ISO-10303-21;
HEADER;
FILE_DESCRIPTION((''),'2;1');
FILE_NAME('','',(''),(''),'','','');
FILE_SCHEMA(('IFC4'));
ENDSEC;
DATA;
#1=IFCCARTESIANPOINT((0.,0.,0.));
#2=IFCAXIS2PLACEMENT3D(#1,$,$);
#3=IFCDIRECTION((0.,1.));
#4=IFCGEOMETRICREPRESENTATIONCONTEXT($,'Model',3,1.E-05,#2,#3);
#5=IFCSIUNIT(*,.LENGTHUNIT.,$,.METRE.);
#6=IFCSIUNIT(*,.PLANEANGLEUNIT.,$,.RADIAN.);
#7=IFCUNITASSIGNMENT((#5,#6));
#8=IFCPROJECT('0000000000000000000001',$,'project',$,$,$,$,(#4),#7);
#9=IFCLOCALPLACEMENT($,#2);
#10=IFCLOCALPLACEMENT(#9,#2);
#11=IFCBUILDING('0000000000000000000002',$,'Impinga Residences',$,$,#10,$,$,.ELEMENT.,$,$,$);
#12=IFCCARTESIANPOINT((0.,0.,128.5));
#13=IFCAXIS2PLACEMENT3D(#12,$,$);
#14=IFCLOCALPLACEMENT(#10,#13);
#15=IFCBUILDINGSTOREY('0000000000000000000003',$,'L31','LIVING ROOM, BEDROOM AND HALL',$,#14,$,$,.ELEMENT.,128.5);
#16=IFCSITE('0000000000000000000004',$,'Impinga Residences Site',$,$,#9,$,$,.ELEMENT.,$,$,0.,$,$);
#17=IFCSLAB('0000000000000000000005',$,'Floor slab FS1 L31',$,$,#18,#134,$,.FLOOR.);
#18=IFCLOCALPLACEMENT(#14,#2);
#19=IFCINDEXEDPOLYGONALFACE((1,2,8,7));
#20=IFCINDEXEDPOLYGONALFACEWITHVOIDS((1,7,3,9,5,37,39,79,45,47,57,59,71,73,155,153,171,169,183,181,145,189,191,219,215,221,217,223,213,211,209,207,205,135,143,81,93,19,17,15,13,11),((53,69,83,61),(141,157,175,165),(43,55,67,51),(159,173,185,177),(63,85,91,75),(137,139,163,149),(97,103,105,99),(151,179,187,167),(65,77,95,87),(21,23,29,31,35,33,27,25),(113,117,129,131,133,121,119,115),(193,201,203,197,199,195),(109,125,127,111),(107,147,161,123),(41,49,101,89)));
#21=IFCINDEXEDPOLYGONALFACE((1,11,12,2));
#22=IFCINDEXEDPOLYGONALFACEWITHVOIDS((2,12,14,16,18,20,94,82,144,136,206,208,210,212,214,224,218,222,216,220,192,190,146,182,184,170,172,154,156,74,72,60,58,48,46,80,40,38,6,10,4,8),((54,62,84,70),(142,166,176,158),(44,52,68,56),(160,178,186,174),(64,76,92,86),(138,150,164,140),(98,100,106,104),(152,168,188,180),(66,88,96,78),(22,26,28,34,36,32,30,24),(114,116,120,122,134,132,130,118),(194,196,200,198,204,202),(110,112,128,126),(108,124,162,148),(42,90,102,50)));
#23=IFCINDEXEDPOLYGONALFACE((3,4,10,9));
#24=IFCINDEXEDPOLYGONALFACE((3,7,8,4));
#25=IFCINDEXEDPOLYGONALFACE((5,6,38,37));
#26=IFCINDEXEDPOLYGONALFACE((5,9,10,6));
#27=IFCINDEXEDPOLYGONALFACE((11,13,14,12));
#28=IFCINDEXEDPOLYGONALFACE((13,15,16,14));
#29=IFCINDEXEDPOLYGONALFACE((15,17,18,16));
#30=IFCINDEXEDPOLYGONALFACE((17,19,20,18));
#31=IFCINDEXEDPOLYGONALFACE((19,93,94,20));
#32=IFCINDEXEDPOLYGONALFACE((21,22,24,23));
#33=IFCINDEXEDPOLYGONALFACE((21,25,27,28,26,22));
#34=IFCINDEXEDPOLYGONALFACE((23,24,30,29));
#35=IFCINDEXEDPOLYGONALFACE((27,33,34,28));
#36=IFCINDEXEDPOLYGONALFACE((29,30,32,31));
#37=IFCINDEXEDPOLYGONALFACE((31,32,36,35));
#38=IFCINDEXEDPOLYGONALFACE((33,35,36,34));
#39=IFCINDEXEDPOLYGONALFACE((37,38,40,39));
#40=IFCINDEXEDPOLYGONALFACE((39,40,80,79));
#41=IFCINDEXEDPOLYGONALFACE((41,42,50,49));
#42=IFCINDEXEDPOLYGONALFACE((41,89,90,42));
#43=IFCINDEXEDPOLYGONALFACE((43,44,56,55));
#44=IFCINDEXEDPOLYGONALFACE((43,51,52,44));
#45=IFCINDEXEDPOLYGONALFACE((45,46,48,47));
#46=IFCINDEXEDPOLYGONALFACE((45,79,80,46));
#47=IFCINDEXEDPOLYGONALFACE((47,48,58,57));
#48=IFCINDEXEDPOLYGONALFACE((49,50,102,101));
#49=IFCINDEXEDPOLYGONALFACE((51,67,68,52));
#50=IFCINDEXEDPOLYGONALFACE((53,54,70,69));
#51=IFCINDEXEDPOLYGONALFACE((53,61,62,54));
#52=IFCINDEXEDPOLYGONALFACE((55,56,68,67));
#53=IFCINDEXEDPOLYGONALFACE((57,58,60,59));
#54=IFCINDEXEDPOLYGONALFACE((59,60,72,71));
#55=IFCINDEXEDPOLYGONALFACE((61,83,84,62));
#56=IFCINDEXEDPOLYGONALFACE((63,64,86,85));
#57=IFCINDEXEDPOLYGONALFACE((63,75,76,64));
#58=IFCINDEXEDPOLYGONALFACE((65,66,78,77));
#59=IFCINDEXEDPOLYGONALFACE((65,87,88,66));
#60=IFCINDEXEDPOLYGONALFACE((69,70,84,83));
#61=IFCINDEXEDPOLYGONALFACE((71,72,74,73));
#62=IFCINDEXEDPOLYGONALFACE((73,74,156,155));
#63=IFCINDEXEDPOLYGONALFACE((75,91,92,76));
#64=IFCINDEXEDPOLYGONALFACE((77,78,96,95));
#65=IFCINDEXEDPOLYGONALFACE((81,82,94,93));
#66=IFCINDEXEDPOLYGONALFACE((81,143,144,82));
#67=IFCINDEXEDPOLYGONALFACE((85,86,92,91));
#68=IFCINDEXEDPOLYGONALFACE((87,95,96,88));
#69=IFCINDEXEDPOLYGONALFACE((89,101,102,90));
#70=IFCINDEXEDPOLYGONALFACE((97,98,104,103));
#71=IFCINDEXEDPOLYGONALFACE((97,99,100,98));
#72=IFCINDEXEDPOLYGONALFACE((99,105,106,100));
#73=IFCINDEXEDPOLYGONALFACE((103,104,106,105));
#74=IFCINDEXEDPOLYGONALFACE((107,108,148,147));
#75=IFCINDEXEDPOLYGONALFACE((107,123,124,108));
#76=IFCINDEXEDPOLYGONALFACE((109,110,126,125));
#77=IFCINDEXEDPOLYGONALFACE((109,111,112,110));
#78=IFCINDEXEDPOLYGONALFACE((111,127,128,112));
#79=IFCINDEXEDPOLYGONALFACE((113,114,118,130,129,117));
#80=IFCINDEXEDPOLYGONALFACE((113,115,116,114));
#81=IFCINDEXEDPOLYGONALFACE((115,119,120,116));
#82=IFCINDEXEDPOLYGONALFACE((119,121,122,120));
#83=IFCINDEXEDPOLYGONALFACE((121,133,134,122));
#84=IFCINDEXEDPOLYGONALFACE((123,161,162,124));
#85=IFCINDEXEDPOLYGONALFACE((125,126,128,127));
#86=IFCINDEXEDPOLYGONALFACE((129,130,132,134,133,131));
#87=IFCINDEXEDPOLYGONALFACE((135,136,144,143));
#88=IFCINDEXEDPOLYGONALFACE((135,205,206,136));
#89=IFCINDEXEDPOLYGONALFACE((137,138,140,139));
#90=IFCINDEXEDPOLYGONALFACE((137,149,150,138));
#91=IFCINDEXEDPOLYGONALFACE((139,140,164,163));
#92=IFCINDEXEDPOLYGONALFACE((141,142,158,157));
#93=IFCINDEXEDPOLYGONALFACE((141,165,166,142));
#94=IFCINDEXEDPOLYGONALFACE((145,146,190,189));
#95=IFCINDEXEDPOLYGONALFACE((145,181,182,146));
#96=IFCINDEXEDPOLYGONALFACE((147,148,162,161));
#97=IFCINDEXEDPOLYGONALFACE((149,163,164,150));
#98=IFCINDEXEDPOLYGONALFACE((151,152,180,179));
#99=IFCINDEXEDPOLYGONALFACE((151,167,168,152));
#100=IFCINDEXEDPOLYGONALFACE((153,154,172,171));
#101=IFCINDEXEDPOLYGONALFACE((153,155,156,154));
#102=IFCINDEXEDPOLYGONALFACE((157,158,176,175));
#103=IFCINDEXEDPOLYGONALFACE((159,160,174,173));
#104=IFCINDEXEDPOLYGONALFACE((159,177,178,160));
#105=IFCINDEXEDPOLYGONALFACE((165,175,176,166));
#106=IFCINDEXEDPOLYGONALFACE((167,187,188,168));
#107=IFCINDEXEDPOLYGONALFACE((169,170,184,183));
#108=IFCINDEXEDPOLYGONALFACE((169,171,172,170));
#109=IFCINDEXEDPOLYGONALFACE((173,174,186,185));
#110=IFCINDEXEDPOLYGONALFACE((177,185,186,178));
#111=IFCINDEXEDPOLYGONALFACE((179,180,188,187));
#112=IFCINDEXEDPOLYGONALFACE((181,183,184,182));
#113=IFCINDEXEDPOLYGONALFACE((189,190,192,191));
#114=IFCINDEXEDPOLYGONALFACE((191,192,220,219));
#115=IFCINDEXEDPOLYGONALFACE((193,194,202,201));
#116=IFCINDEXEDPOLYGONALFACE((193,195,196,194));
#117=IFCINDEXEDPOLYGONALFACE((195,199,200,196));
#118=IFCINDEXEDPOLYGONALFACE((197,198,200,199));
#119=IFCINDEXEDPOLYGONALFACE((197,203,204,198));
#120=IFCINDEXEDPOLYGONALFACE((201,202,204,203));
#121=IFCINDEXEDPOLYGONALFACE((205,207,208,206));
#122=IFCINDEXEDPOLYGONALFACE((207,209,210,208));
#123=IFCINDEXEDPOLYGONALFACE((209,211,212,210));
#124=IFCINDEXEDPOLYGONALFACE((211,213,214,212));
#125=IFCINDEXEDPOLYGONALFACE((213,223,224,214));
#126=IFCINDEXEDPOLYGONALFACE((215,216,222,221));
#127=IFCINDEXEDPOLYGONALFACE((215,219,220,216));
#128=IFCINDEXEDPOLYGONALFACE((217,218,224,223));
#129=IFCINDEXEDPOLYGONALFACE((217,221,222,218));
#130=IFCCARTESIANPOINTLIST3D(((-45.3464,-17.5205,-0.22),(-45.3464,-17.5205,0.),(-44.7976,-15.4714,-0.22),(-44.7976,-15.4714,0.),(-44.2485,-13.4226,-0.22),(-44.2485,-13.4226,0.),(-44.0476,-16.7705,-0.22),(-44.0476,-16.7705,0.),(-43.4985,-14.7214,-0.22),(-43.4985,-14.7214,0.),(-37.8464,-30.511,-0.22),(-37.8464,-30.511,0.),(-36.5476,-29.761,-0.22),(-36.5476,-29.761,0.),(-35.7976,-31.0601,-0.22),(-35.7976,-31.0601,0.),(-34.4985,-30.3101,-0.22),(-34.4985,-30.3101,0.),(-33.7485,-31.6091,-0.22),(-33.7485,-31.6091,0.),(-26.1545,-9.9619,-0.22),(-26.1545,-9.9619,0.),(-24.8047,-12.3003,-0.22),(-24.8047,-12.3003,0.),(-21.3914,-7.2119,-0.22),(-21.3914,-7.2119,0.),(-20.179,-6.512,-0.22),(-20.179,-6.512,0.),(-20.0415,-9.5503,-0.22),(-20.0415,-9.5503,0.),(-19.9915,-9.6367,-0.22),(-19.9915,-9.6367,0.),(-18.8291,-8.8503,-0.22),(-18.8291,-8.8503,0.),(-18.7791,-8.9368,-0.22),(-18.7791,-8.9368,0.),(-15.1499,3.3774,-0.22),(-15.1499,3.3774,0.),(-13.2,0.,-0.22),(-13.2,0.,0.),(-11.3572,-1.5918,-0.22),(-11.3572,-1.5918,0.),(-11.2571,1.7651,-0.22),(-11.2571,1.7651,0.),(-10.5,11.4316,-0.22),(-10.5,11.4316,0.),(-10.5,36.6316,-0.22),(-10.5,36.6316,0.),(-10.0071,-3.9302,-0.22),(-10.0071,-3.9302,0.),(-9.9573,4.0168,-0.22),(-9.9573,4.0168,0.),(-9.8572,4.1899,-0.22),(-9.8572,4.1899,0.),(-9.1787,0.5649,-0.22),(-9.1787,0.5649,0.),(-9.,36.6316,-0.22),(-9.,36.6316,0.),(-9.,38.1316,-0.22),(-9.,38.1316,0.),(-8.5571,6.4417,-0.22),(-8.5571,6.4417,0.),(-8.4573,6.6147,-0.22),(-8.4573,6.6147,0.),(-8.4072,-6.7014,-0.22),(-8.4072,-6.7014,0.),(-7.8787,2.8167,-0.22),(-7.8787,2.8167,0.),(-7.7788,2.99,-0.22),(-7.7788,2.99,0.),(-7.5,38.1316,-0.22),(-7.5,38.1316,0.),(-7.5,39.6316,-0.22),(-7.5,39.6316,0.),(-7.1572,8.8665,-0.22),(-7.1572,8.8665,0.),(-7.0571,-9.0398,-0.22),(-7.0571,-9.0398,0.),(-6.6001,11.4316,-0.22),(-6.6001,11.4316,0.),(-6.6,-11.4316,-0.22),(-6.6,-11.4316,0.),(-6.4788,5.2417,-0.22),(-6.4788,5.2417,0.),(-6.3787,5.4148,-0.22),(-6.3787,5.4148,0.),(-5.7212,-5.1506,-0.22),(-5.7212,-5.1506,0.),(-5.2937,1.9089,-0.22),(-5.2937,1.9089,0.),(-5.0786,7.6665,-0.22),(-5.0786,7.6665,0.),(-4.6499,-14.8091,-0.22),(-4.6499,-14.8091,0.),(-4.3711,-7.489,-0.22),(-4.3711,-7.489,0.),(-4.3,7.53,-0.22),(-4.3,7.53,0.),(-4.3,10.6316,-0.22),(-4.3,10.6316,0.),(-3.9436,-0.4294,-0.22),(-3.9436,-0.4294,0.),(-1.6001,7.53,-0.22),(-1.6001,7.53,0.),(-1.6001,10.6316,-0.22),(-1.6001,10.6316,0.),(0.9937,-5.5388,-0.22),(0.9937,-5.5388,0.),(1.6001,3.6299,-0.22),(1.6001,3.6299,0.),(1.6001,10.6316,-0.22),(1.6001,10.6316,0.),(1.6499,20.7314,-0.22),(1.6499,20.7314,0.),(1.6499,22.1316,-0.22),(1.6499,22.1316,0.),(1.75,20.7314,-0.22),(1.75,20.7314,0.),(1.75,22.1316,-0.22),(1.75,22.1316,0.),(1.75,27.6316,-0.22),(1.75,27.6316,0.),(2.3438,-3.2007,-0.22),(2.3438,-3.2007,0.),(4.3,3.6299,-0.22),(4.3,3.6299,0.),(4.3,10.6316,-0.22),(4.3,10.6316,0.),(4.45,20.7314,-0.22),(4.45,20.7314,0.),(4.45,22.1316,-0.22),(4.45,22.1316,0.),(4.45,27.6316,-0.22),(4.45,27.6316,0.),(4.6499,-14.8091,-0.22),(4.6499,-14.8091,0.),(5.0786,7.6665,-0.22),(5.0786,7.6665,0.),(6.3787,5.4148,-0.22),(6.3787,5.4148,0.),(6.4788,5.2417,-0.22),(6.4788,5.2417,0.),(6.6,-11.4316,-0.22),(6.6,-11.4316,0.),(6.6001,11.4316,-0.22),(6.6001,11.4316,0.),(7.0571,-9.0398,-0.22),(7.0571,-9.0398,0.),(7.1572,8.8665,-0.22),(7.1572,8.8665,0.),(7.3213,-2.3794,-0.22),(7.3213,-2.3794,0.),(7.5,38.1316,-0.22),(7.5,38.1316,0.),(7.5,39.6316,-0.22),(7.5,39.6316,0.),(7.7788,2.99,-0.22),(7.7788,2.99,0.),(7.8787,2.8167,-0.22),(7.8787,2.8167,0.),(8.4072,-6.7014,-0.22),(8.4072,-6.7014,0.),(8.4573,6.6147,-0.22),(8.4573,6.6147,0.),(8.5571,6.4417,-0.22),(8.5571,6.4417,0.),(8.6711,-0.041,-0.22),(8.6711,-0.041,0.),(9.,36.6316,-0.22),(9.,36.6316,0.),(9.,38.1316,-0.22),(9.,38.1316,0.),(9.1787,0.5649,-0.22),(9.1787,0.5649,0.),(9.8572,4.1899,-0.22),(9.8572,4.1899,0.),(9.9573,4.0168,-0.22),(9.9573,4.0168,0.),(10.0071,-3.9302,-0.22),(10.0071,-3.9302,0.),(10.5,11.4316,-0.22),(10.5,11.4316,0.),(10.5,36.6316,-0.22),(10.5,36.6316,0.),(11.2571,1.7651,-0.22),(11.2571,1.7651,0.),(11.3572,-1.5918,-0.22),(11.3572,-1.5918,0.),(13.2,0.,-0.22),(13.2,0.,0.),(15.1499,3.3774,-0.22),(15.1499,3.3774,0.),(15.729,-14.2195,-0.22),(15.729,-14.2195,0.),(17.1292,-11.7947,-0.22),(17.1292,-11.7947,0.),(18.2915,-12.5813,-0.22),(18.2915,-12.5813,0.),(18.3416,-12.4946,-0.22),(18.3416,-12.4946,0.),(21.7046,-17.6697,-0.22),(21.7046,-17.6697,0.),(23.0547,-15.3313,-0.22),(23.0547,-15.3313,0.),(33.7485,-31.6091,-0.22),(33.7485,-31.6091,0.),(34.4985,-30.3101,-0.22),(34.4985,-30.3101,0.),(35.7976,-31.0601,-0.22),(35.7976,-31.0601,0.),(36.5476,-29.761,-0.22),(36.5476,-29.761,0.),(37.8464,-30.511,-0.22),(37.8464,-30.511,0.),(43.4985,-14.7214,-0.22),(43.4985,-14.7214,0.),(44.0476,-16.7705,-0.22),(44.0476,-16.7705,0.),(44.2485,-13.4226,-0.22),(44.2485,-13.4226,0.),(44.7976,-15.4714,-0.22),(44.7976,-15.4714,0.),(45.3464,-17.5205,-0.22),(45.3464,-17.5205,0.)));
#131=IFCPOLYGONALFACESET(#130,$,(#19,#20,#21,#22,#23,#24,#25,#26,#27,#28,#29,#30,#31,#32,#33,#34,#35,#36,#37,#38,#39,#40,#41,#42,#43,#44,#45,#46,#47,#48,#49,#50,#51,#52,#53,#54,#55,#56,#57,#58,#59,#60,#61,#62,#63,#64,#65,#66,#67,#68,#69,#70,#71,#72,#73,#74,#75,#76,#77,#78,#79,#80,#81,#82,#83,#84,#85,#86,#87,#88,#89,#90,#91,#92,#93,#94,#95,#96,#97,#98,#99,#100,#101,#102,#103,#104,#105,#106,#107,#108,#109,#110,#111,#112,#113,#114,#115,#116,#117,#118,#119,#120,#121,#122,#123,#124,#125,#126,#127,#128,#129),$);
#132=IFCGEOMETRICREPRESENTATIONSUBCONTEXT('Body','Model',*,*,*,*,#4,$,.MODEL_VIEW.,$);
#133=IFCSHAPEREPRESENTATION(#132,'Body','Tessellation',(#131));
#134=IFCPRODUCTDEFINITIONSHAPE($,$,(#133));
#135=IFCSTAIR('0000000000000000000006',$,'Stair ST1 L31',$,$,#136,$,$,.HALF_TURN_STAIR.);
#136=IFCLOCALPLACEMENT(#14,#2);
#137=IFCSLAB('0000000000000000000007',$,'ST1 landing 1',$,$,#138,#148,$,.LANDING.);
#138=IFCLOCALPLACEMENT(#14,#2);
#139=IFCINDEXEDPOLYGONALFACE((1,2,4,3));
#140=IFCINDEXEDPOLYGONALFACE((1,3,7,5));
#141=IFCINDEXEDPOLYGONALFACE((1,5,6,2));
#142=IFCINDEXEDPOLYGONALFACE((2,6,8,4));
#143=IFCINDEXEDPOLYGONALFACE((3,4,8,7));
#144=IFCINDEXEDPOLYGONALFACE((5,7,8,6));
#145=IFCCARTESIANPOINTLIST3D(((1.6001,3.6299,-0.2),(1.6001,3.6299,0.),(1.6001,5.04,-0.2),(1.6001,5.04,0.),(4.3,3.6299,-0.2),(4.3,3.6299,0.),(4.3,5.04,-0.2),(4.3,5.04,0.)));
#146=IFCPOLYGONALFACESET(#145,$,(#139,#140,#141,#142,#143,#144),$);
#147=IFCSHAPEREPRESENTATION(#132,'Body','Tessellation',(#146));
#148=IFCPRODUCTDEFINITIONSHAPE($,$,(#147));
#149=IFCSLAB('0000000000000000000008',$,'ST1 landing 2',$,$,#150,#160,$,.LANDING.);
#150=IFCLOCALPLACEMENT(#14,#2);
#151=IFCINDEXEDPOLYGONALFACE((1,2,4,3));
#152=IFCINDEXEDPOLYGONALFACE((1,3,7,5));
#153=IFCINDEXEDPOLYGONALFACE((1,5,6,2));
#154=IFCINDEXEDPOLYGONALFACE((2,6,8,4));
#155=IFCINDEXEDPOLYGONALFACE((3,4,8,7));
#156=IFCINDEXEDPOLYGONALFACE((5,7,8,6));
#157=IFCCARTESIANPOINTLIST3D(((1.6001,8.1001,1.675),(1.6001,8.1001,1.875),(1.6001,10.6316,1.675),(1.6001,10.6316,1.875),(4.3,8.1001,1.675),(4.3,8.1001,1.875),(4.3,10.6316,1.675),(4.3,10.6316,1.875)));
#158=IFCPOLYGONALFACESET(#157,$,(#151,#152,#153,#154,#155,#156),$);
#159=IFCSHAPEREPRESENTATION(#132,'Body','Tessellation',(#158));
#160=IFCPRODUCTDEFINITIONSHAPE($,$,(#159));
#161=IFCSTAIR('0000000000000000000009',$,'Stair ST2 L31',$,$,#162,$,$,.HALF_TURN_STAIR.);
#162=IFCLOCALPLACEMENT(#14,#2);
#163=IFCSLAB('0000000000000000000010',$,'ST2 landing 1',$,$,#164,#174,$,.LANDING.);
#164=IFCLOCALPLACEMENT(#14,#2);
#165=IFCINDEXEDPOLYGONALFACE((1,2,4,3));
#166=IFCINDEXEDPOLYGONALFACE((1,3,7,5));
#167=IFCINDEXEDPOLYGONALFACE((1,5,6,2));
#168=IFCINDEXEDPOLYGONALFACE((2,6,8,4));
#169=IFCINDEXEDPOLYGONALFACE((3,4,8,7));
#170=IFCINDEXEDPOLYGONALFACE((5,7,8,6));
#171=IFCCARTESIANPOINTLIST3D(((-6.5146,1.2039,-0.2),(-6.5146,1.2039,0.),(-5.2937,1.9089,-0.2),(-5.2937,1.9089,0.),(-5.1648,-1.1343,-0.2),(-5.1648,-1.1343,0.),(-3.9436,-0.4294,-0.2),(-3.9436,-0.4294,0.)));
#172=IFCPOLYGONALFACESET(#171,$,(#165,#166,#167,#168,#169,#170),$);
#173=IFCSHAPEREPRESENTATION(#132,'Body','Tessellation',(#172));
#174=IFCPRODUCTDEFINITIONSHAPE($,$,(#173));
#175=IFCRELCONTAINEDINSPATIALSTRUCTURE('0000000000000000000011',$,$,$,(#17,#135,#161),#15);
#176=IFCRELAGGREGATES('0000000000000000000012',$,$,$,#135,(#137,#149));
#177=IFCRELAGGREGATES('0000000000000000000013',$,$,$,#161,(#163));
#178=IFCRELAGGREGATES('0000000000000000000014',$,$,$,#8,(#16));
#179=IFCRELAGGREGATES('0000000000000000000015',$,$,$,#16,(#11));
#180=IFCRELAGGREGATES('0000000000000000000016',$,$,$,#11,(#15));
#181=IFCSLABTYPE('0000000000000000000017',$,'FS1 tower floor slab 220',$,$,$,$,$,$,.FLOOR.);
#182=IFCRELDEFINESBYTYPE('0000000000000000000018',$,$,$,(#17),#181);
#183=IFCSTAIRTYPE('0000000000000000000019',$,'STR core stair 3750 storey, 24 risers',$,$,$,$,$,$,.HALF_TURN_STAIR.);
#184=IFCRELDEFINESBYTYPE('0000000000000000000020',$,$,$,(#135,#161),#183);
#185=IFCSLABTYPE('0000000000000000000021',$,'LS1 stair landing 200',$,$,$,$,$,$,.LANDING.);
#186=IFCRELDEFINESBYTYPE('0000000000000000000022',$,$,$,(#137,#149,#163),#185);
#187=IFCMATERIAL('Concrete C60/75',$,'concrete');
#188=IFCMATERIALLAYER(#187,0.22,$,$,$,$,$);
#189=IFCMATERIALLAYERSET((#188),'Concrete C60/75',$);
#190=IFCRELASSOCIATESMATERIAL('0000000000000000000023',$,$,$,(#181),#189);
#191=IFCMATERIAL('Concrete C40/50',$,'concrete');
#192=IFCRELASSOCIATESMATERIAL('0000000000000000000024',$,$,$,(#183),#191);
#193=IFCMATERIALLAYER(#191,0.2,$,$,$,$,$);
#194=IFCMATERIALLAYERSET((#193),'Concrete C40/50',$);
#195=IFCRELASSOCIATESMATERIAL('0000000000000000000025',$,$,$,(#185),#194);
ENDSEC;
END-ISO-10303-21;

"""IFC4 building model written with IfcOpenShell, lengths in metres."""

from ifc_helpers import new_model, si_unit, direction, frame, origin, place, context, subcontext, project, spatial, polyline, outline, extrude, material, layer, layer_set, type_object, element, aggregate, save


model = new_model("IFC4")

# Units and contexts
model_context = context("Model", 3, precision=1e-05, world=origin(), true_north=direction((0.0, 1.0)))
body_context = subcontext(model_context, "Body", "Model", "MODEL_VIEW")
ifc_project = project(units=[si_unit("LENGTHUNIT", "METRE"), si_unit("PLANEANGLEUNIT", "RADIAN")], contexts=[model_context])

# Site, building, storey
site_placement = place(None, origin())
site = spatial("IfcSite", under=ifc_project, at=site_placement, Name="Impinga Residences Site", CompositionType="ELEMENT", RefElevation=0.0)
building_placement = place(site_placement, origin())
building = spatial("IfcBuilding", under=site, at=building_placement, Name="Impinga Residences", CompositionType="ELEMENT")
storey_placement = place(building_placement, frame((0.0, 0.0, 128.5)))
storey = spatial("IfcBuildingStorey", under=building, at=storey_placement, Name="L31", Description="LIVING ROOM, BEDROOM AND HALL", CompositionType="ELEMENT", Elevation=128.5)

# Slab
ifc_material_1 = material(Name="Concrete C60/75", Category="concrete")
ifc_layer_1 = layer(ifc_material_1, 0.22)
ifc_layer_set_1 = layer_set([ifc_layer_1], Name="Concrete C60/75")
slab_type_1 = type_object("IfcSlabType", Name="FS1 tower floor slab 220", PredefinedType="FLOOR", material=ifc_layer_set_1)
slab_1_placement = place(storey_placement, frame((0.0, 0.0, -0.22)))
element("IfcSlab", 1, at=slab_1_placement, inside=storey, type_object=slab_type_1, Name="Floor slab FS1 L31", PredefinedType="FLOOR", context=body_context, shape_type="SweptSolid", body=[
    extrude(outline(polyline([(-34.4985, -30.3101), (-35.7976, -31.0601), (-36.5476, -29.761), (-37.8464, -30.511), (-45.3464, -17.5205), (-44.0476, -16.7705), (-44.7976, -15.4714), (-43.4985, -14.7214), (-44.2485, -13.4226), (-15.1499, 3.3774), (-13.2, 0.0), (-6.6001, 11.4316), (-10.5, 11.4316), (-10.5, 36.6316), (-9.0, 36.6316), (-9.0, 38.1316), (-7.5, 38.1316), (-7.5, 39.6316), (7.5, 39.6316), (7.5, 38.1316), (9.0, 38.1316), (9.0, 36.6316), (10.5, 36.6316), (10.5, 11.4316), (6.6001, 11.4316), (13.2, 0.0), (15.1499, 3.3774), (44.2485, -13.4226), (43.4985, -14.7214), (44.7976, -15.4714), (44.0476, -16.7705), (45.3464, -17.5205), (37.8464, -30.511), (36.5476, -29.761), (35.7976, -31.0601), (34.4985, -30.3101), (33.7485, -31.6091), (4.6499, -14.8091), (9.9001, -5.7158), (6.6001, -11.4316), (-6.6001, -11.4316), (-9.9001, -5.7158), (-4.6499, -14.8091), (-33.7485, -31.6091), (-34.4985, -30.3101)]), holes=[polyline([(-18.7791, -8.9368), (-18.8291, -8.8503), (-18.8291, -8.8503), (-20.179, -6.512), (-21.3914, -7.2119), (-21.3914, -7.2119), (-26.1545, -9.9619), (-24.8047, -12.3003), (-20.0415, -9.5503), (-19.9915, -9.6367), (-18.7791, -8.9368)]), polyline([(-4.3711, -7.489), (-5.7212, -5.1506), (-8.4072, -6.7014), (-7.0571, -9.0398), (-4.3711, -7.489)]), polyline([(-3.9436, -0.4294), (-5.2937, 1.9089), (-11.3572, -1.5918), (-10.0071, -3.9302), (-3.9436, -0.4294)]), polyline([(-7.8787, 2.8167), (-9.9573, 4.0168), (-11.2571, 1.7651), (-9.1787, 0.5649), (-7.8787, 2.8167)]), polyline([(-6.4788, 5.2417), (-8.5571, 6.4417), (-9.8572, 4.1899), (-7.7788, 2.99), (-6.4788, 5.2417)]), polyline([(4.3, 3.6299), (4.3, 10.6316), (1.6001, 10.6316), (1.6001, 3.6299), (4.3, 3.6299)]), polyline([(-6.3787, 5.4148), (-5.0786, 7.6665), (-7.1572, 8.8665), (-8.4573, 6.6147), (-6.3787, 5.4148)]), polyline([(-4.3, 7.53), (-1.6001, 7.53), (-1.6001, 10.6316), (-4.3, 10.6316), (-4.3, 7.53)]), polyline([(4.45, 20.7314), (4.45, 22.1316), (4.45, 27.6316), (1.75, 27.6316), (1.75, 22.1316), (1.6499, 22.1316), (1.6499, 20.7314), (1.75, 20.7314), (4.45, 20.7314)]), polyline([(15.729, -14.2195), (21.7046, -17.6697), (23.0547, -15.3313), (18.2915, -12.5813), (18.3416, -12.4946), (17.1292, -11.7947), (15.729, -14.2195)]), polyline([(2.3438, -3.2007), (0.9937, -5.5388), (7.0571, -9.0398), (8.4072, -6.7014), (2.3438, -3.2007)]), polyline([(7.3213, -2.3794), (10.0071, -3.9302), (11.3572, -1.5918), (8.6711, -0.041), (7.3213, -2.3794)]), polyline([(7.8787, 2.8167), (9.1787, 0.5649), (11.2571, 1.7651), (9.9573, 4.0168), (7.8787, 2.8167)]), polyline([(6.4788, 5.2417), (7.7788, 2.99), (9.8572, 4.1899), (8.5571, 6.4417), (6.4788, 5.2417)]), polyline([(6.3787, 5.4148), (8.4573, 6.6147), (7.1572, 8.8665), (5.0786, 7.6665), (6.3787, 5.4148)])]), origin(), (0.0, 0.0, 1.0), 0.22),
])

# Stair, slabs
ifc_material_2 = material(Name="Concrete C40/50", Category="concrete")
stair_type = type_object("IfcStairType", Name="STR core stair 3750 storey, 24 risers", PredefinedType="HALF_TURN_STAIR", material=ifc_material_2)
stair_1_placement = place(storey_placement, origin())
stair_1 = element("IfcStair", 2, at=stair_1_placement, inside=storey, type_object=stair_type, Name="Stair ST1 L31", PredefinedType="HALF_TURN_STAIR")
ifc_layer_2 = layer(ifc_material_2, 0.2)
ifc_layer_set_2 = layer_set([ifc_layer_2], Name="Concrete C40/50")
slab_type_2 = type_object("IfcSlabType", Name="LS1 stair landing 200", PredefinedType="LANDING", material=ifc_layer_set_2)
slab_2_placement = place(storey_placement, frame((0.0, 0.0, -0.2)))
slab_2 = element("IfcSlab", 3, at=slab_2_placement, type_object=slab_type_2, Name="ST1 landing 1", PredefinedType="LANDING", context=body_context, shape_type="SweptSolid", body=[
    extrude(outline(polyline([(1.6001, 3.6299), (4.3, 3.6299), (4.3, 5.04), (1.6001, 5.04), (1.6001, 3.6299)])), origin(), (0.0, 0.0, 1.0), 0.2),
])
slab_3_placement = place(storey_placement, frame((0.0, 0.0, 1.675)))
slab_3 = element("IfcSlab", 4, at=slab_3_placement, type_object=slab_type_2, Name="ST1 landing 2", PredefinedType="LANDING", context=body_context, shape_type="SweptSolid", body=[
    extrude(outline(polyline([(1.6001, 8.1001), (4.3, 8.1001), (4.3, 10.6316), (1.6001, 10.6316), (1.6001, 8.1001)])), origin(), (0.0, 0.0, 1.0), 0.2),
])
aggregate(stair_1, [slab_2, slab_3])

# Stair, slab
stair_2_placement = place(storey_placement, origin())
stair_2 = element("IfcStair", 5, at=stair_2_placement, inside=storey, type_object=stair_type, Name="Stair ST2 L31", PredefinedType="HALF_TURN_STAIR")
slab_4_placement = place(storey_placement, frame((0.0, 0.0, -0.2)))
slab_4 = element("IfcSlab", 6, at=slab_4_placement, type_object=slab_type_2, Name="ST2 landing 1", PredefinedType="LANDING", context=body_context, shape_type="SweptSolid", body=[
    extrude(outline(polyline([(-3.9436, -0.4294), (-5.2937, 1.9089), (-6.5146, 1.2039), (-5.1648, -1.1343), (-3.9436, -0.4294)])), origin(), (0.0, 0.0, 1.0), 0.2),
])
aggregate(stair_2, [slab_4])

save(model, "model.ifc")
